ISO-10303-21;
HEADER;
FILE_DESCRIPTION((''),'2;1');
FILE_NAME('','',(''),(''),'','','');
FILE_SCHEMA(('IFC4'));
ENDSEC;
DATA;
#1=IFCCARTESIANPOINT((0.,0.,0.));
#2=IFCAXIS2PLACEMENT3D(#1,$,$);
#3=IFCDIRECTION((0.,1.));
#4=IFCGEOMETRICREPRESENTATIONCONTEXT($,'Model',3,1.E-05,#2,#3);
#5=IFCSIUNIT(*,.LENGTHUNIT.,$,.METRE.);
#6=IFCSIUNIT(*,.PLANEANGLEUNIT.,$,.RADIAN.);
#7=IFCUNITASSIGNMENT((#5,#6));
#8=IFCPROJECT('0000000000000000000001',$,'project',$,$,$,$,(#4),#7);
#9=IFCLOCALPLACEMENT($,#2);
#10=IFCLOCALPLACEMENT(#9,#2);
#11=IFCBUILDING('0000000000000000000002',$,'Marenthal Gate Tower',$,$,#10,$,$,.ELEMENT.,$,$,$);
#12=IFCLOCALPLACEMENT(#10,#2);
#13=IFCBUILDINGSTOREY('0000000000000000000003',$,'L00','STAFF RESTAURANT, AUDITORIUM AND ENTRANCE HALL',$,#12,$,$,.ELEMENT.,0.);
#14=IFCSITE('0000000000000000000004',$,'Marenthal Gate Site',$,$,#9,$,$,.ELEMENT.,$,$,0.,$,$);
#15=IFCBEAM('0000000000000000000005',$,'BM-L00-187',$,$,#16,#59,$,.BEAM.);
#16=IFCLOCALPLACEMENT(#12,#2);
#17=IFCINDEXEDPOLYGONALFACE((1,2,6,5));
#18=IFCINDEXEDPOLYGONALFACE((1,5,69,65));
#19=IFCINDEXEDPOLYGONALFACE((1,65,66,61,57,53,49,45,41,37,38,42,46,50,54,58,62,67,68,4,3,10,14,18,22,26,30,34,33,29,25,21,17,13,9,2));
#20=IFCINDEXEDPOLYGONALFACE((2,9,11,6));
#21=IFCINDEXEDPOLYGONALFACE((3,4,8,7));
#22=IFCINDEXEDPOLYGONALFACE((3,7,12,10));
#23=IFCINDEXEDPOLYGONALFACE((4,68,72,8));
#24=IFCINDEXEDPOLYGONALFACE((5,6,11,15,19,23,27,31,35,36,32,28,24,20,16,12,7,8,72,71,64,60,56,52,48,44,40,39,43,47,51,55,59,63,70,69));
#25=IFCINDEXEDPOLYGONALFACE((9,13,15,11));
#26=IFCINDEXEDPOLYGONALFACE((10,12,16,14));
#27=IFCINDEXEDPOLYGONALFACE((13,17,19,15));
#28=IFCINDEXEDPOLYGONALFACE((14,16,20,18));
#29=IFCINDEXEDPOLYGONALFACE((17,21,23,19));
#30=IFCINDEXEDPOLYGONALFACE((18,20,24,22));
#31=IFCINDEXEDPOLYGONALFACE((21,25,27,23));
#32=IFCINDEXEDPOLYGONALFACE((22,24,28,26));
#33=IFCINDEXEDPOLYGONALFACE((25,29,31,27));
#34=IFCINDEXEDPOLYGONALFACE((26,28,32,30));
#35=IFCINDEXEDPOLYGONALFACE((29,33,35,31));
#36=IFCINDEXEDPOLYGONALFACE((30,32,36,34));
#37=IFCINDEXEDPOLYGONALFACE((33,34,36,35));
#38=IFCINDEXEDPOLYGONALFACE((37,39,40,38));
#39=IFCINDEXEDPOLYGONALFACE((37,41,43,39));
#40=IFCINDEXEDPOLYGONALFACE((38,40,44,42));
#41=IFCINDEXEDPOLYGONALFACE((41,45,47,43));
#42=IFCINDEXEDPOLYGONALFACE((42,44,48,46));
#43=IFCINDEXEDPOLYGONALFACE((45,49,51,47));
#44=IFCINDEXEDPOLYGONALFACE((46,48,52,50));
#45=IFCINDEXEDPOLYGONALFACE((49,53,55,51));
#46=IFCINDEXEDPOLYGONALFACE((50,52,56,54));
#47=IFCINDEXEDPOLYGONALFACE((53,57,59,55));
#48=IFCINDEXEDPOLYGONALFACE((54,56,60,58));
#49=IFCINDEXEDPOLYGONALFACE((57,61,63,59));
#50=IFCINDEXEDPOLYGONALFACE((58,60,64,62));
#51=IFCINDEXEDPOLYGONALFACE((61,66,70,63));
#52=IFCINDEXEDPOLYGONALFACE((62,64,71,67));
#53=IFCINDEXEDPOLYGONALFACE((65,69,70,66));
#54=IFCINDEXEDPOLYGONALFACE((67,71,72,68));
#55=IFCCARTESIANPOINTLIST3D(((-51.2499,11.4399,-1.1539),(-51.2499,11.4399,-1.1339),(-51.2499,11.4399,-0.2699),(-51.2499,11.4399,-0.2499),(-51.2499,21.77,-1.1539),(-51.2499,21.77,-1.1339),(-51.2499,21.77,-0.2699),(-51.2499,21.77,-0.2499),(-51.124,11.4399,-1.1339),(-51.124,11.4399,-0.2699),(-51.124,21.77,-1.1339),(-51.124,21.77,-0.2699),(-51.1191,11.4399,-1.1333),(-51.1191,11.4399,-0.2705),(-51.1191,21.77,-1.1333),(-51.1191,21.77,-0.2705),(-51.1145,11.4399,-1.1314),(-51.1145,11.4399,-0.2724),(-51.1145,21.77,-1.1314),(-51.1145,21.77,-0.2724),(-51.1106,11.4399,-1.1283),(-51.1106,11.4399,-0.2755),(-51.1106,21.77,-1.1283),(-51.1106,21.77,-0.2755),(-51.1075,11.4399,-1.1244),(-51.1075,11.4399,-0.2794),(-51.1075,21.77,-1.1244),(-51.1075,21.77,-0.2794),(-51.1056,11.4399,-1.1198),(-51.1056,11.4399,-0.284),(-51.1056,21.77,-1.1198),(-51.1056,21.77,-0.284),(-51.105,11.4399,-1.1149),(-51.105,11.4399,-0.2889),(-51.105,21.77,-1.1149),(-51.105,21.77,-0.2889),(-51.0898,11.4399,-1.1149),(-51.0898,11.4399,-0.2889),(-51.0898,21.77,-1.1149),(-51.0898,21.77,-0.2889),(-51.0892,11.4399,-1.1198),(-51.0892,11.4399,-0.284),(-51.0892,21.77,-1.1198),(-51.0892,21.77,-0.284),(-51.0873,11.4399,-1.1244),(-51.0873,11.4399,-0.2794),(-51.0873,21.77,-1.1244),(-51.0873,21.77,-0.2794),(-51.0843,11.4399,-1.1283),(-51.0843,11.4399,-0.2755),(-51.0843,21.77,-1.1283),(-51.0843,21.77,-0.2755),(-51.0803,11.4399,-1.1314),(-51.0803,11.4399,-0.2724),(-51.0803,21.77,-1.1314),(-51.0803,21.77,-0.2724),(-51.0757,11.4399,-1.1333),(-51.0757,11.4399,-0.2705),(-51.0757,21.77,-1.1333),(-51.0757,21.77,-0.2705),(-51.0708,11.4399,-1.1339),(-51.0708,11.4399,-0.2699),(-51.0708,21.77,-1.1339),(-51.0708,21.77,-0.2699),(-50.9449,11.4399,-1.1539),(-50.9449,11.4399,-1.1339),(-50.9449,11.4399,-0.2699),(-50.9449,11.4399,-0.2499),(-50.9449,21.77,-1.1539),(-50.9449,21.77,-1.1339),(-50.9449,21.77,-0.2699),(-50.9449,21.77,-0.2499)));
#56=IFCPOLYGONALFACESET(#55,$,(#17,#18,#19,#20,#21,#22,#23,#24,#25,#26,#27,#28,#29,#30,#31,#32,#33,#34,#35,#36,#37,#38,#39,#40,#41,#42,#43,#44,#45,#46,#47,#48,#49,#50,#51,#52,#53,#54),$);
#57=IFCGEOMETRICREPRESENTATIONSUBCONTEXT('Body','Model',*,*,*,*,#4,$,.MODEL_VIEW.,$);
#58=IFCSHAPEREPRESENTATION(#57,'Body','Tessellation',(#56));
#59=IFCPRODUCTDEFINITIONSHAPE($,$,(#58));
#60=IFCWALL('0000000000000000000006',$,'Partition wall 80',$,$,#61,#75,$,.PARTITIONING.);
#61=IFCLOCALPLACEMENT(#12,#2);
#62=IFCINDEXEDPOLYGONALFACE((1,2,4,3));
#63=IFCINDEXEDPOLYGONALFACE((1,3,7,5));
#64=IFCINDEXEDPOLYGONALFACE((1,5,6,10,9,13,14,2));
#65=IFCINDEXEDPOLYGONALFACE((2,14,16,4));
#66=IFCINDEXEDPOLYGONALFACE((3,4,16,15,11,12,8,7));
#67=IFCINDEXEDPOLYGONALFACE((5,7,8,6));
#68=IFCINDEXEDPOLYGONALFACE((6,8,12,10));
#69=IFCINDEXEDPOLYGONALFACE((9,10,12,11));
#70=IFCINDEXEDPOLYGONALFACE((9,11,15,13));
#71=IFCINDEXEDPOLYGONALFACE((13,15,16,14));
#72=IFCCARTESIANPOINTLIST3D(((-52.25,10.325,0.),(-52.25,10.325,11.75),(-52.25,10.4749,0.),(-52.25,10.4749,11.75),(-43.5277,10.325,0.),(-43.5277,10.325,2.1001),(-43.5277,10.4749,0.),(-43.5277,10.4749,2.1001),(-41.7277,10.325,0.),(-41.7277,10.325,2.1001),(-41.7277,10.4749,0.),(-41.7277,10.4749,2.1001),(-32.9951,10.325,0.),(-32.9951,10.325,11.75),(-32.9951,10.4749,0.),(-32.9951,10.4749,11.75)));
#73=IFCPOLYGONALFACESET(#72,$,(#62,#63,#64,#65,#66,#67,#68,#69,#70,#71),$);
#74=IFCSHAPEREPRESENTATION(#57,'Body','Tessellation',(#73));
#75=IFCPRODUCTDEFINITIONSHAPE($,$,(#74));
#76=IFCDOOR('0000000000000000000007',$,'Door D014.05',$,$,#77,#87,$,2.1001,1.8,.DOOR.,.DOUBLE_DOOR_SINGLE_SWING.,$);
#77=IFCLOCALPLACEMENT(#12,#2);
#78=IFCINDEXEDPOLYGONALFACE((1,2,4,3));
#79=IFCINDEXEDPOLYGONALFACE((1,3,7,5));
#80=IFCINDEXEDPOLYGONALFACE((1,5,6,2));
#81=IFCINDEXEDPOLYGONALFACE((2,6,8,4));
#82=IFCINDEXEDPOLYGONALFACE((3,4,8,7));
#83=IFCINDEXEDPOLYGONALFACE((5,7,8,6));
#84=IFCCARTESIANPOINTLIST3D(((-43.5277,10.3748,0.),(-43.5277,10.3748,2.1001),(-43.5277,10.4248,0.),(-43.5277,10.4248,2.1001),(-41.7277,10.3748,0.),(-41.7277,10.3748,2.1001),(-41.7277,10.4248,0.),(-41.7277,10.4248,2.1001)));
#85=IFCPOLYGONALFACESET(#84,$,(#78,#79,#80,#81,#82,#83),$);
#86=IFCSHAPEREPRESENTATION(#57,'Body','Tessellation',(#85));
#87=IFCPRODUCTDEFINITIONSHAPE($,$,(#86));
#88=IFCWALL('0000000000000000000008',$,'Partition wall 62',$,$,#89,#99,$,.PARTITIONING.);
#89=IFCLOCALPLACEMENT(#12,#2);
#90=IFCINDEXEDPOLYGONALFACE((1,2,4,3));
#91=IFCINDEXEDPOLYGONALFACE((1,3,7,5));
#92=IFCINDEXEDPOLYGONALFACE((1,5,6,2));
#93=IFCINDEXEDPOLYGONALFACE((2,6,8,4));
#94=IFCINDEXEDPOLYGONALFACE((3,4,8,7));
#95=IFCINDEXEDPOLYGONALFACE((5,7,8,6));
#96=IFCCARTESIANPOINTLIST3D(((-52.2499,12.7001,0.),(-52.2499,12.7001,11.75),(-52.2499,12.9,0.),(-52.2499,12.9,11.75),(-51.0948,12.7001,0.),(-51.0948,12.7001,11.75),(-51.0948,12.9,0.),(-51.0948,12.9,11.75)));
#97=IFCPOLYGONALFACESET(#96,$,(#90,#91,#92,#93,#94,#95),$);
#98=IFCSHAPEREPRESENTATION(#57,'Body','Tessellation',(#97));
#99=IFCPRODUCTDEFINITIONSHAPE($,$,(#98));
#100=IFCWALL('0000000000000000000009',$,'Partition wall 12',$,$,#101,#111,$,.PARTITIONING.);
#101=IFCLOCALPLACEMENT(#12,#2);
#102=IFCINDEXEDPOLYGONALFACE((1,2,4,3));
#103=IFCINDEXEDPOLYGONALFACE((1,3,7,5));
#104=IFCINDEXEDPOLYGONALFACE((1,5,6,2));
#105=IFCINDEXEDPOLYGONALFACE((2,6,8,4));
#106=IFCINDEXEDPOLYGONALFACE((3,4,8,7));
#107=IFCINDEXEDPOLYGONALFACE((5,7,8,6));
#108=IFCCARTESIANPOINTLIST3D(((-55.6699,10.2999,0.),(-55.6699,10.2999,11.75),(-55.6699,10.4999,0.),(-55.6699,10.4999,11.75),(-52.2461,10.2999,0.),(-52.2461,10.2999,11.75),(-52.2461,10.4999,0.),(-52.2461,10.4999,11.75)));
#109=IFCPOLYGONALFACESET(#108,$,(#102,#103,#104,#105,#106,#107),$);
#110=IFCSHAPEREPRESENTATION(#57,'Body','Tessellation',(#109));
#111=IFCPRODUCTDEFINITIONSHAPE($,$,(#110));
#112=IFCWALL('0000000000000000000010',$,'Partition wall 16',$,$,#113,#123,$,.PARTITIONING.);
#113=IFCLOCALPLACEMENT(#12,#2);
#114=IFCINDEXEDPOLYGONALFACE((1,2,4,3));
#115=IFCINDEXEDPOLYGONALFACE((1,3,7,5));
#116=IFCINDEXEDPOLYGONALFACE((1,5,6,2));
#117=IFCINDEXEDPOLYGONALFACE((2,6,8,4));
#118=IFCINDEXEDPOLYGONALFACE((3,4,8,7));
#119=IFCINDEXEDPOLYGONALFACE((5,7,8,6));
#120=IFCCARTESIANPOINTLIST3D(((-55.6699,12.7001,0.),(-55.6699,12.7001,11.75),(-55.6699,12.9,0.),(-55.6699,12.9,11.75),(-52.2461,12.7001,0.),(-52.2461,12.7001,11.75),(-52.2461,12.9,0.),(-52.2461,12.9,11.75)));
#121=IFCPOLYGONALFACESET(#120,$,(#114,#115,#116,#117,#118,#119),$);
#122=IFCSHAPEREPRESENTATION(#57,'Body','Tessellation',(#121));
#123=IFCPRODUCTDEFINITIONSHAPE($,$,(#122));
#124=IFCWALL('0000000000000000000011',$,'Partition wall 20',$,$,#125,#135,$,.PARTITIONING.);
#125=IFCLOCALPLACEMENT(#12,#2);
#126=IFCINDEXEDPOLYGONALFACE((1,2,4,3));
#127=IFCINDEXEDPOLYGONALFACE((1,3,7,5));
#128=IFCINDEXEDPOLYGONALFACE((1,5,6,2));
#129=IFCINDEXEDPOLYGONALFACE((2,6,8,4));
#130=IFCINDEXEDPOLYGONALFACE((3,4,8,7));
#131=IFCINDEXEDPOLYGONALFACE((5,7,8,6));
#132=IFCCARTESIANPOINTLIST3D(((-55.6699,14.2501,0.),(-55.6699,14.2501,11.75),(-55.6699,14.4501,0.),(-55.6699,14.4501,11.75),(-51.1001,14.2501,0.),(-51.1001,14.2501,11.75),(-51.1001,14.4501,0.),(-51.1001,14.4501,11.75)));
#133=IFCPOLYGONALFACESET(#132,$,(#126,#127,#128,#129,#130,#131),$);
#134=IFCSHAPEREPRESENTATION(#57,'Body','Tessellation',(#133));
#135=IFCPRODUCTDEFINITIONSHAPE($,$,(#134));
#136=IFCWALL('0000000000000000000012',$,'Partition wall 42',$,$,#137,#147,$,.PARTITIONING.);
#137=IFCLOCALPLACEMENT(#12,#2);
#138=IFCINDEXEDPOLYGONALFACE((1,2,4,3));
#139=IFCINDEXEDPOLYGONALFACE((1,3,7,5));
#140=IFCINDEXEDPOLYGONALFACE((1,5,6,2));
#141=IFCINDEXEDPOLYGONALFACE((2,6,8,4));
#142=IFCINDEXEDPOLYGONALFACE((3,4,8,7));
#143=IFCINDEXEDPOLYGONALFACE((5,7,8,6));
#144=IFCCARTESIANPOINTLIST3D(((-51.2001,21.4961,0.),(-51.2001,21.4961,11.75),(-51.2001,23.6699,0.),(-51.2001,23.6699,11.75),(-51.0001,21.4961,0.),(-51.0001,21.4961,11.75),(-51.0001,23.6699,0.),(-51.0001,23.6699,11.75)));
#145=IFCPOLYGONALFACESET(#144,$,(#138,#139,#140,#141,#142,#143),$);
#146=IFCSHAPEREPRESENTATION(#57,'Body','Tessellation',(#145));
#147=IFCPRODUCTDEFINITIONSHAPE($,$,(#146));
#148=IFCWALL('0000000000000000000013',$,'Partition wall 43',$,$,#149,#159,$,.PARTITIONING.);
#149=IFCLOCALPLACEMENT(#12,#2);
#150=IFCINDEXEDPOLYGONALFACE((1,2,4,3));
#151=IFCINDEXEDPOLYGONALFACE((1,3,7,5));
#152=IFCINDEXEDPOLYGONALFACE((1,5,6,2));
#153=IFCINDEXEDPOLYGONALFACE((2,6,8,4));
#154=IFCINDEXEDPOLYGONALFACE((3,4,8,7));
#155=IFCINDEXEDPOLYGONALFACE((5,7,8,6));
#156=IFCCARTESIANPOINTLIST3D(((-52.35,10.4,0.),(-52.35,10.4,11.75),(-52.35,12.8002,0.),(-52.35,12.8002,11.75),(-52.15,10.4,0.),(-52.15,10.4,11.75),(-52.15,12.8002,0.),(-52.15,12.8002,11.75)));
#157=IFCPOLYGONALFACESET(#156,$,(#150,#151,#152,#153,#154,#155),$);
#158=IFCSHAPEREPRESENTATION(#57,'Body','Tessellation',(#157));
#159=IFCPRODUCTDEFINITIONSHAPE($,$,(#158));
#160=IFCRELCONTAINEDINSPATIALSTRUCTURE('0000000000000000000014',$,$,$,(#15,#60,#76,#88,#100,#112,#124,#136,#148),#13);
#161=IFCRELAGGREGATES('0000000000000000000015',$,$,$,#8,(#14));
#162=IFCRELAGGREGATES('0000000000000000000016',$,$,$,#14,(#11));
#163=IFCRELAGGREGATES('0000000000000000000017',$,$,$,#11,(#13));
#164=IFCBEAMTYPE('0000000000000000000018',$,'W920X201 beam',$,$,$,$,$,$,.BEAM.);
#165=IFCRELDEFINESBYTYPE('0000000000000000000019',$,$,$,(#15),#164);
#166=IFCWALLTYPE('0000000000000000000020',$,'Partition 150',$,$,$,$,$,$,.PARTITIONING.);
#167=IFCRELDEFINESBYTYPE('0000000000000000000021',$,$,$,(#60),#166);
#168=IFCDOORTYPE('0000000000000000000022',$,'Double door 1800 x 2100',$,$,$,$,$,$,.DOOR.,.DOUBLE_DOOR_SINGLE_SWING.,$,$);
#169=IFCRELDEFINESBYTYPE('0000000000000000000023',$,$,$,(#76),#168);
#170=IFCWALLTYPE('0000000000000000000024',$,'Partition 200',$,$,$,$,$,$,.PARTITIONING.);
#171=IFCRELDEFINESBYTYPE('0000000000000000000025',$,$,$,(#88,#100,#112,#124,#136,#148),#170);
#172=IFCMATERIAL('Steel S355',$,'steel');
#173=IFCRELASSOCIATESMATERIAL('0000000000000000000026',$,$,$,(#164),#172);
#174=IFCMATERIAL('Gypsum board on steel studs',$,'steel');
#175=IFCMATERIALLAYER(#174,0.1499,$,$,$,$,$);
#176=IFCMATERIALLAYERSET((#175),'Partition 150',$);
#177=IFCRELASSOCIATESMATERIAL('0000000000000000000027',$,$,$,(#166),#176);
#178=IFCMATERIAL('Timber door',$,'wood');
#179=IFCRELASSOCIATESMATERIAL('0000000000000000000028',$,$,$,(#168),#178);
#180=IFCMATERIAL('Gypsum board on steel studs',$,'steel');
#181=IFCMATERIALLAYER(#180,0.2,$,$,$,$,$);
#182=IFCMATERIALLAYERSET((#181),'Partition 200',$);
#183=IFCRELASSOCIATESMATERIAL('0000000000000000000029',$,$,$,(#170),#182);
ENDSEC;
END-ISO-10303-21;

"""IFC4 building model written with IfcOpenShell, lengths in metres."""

from ifc_helpers import new_model, si_unit, direction, frame, frame_2d, origin, origin_2d, place, context, subcontext, project, spatial, rectangle, i_section, extrude, material, layer, layer_set, material_profile, profile_set, type_object, element, fill, save


model = new_model("IFC4")

# Units and contexts
model_context = context("Model", 3, precision=1e-05, world=origin(), true_north=direction((0.0, 1.0)))
body_context = subcontext(model_context, "Body", "Model", "MODEL_VIEW")
ifc_project = project(units=[si_unit("LENGTHUNIT", "METRE"), si_unit("PLANEANGLEUNIT", "RADIAN")], contexts=[model_context])

# Site, building, storey
site_placement = place(None, origin())
site = spatial("IfcSite", under=ifc_project, at=site_placement, Name="Marenthal Gate Site", CompositionType="ELEMENT", RefElevation=0.0)
building_placement = place(site_placement, origin())
building = spatial("IfcBuilding", under=site, at=building_placement, Name="Marenthal Gate Tower", CompositionType="ELEMENT")
storey_placement = place(building_placement, origin())
storey = spatial("IfcBuildingStorey", under=building, at=storey_placement, Name="L00", Description="STAFF RESTAURANT, AUDITORIUM AND ENTRANCE HALL", CompositionType="ELEMENT", Elevation=0.0)

# Beam
ifc_material_1 = material(Name="Steel S355", Category="steel")
ifc_material_profile_1 = material_profile(ifc_material_1, i_section(OverallWidth=0.3049, OverallDepth=0.9041, WebThickness=0.0151, FlangeThickness=0.02, FilletRadius=0.019, at=origin_2d()), Name="W920X201")
ifc_profile_set_1 = profile_set([ifc_material_profile_1], Name="Steel S355")
beam_type_1 = type_object("IfcBeamType", Name="W920X201 beam", PredefinedType="BEAM", material=ifc_profile_set_1)
beam_1_placement = place(storey_placement, frame((-51.0974, 11.4399, -0.7019), z_axis=(0.0, 1.0, 0.0), x_axis=(-1.0, 0.0, 0.0)))
element("IfcBeam", 1, at=beam_1_placement, inside=storey, type_object=beam_type_1, Name="BM-L00-187", PredefinedType="BEAM", context=body_context, shape_type="SweptSolid", body=[
    extrude(i_section(OverallWidth=0.3049, OverallDepth=0.9041, WebThickness=0.0151, FlangeThickness=0.02, FilletRadius=0.019, at=origin_2d()), origin(), (0.0, 0.0, 1.0), 10.3301),
])

# Wall, opening, door
ifc_material_2 = material(Name="Gypsum board on steel studs", Category="steel")
ifc_layer_1 = layer(ifc_material_2, 0.1499)
ifc_layer_set_1 = layer_set([ifc_layer_1], Name="Partition 150")
wall_type_1 = type_object("IfcWallType", Name="Partition 150", PredefinedType="PARTITIONING", material=ifc_layer_set_1)
wall_1_placement = place(storey_placement, frame((-52.25, 10.3999, 0.0), z_axis=(0.0, 0.0, 1.0), x_axis=(1.0, 0.0, 0.0)))
wall_1 = element("IfcWall", 2, at=wall_1_placement, inside=storey, type_object=wall_type_1, Name="Partition wall 80", PredefinedType="PARTITIONING", context=body_context, shape_type="SweptSolid", body=[
    extrude(rectangle(XDim=19.2549, YDim=0.1499, at=frame_2d((9.6274, 0.0))), origin(), (0.0, 0.0, 1.0), 11.75),
])
opening_1_placement = place(wall_1_placement, frame((8.7224, 0.0, 0.0)))
opening_1 = element("IfcOpeningElement", 3, at=opening_1_placement, cuts=wall_1, PredefinedType="OPENING", context=body_context, shape_type="SweptSolid", body=[
    extrude(rectangle(XDim=1.8, YDim=2.1001, at=frame_2d((0.8999, 1.05))), frame((0.0, 0.085, 0.0), z_axis=(0.0, -1.0, 0.0), x_axis=(1.0, 0.0, 0.0)), (0.0, 0.0, 1.0), 0.1699),
])
ifc_material_3 = material(Name="Timber door", Category="wood")
door_type_1 = type_object("IfcDoorType", Name="Double door 1800 x 2100", OperationType="DOUBLE_DOOR_SINGLE_SWING", PredefinedType="DOOR", material=ifc_material_3)
door_1_placement = place(opening_1_placement, origin())
door_1 = element("IfcDoor", 4, at=door_1_placement, inside=storey, type_object=door_type_1, Name="Door D014.05", OperationType="DOUBLE_DOOR_SINGLE_SWING", OverallHeight=2.1001, OverallWidth=1.8, PredefinedType="DOOR", context=body_context, shape_type="SweptSolid", body=[
    extrude(rectangle(XDim=1.8, YDim=2.1001, at=frame_2d((0.8999, 1.05))), frame((0.0, 0.0249, 0.0), z_axis=(0.0, -1.0, 0.0), x_axis=(1.0, 0.0, 0.0)), (0.0, 0.0, 1.0), 0.05),
])
fill(opening_1, door_1)

# Walls
ifc_material_4 = material(Name="Gypsum board on steel studs", Category="steel")
ifc_layer_2 = layer(ifc_material_4, 0.2)
ifc_layer_set_2 = layer_set([ifc_layer_2], Name="Partition 200")
wall_type_2 = type_object("IfcWallType", Name="Partition 200", PredefinedType="PARTITIONING", material=ifc_layer_set_2)
wall_2_placement = place(storey_placement, frame((-52.25, 12.8, 0.0), z_axis=(0.0, 0.0, 1.0), x_axis=(1.0, 0.0, 0.0)))
element("IfcWall", 5, at=wall_2_placement, inside=storey, type_object=wall_type_2, Name="Partition wall 62", PredefinedType="PARTITIONING", context=body_context, shape_type="SweptSolid", body=[
    extrude(rectangle(XDim=1.155, YDim=0.2, at=frame_2d((0.5776, 0.0))), origin(), (0.0, 0.0, 1.0), 11.75),
])
for number, where, z_axis, x_axis, name in (
    (6, (-55.6699, 10.3999, 0.0), (0.0, 0.0, 1.0), (1.0, 0.0, 0.0), "Partition wall 12"),
    (7, (-55.6699, 12.8, 0.0), (0.0, 0.0, 1.0), (1.0, 0.0, 0.0), "Partition wall 16"),
):
    element("IfcWall", number, at=place(storey_placement, frame(where, z_axis=z_axis, x_axis=x_axis)), inside=storey, type_object=wall_type_2, Name=name, PredefinedType="PARTITIONING", context=body_context, shape_type="SweptSolid", body=[
        extrude(rectangle(XDim=3.4238, YDim=0.2, at=frame_2d((1.7119, 0.0))), origin(), (0.0, 0.0, 1.0), 11.75),
    ])
wall_3_placement = place(storey_placement, frame((-55.6699, 14.3501, 0.0), z_axis=(0.0, 0.0, 1.0), x_axis=(1.0, 0.0, 0.0)))
element("IfcWall", 8, at=wall_3_placement, inside=storey, type_object=wall_type_2, Name="Partition wall 20", PredefinedType="PARTITIONING", context=body_context, shape_type="SweptSolid", body=[
    extrude(rectangle(XDim=4.5698, YDim=0.2, at=frame_2d((2.2849, 0.0))), origin(), (0.0, 0.0, 1.0), 11.75),
])
wall_4_placement = place(storey_placement, frame((-51.1001, 21.4961, 0.0), z_axis=(0.0, 0.0, 1.0), x_axis=(0.0, 1.0, 0.0)))
element("IfcWall", 9, at=wall_4_placement, inside=storey, type_object=wall_type_2, Name="Partition wall 42", PredefinedType="PARTITIONING", context=body_context, shape_type="SweptSolid", body=[
    extrude(rectangle(XDim=2.1738, YDim=0.2, at=frame_2d((1.0869, 0.0))), origin(), (0.0, 0.0, 1.0), 11.75),
])
wall_5_placement = place(storey_placement, frame((-52.25, 10.3999, 0.0), z_axis=(0.0, 0.0, 1.0), x_axis=(0.0, 1.0, 0.0)))
element("IfcWall", 10, at=wall_5_placement, inside=storey, type_object=wall_type_2, Name="Partition wall 43", PredefinedType="PARTITIONING", context=body_context, shape_type="SweptSolid", body=[
    extrude(rectangle(XDim=2.4001, YDim=0.2, at=frame_2d((1.2002, 0.0))), origin(), (0.0, 0.0, 1.0), 11.75),
])

save(model, "model.ifc")
